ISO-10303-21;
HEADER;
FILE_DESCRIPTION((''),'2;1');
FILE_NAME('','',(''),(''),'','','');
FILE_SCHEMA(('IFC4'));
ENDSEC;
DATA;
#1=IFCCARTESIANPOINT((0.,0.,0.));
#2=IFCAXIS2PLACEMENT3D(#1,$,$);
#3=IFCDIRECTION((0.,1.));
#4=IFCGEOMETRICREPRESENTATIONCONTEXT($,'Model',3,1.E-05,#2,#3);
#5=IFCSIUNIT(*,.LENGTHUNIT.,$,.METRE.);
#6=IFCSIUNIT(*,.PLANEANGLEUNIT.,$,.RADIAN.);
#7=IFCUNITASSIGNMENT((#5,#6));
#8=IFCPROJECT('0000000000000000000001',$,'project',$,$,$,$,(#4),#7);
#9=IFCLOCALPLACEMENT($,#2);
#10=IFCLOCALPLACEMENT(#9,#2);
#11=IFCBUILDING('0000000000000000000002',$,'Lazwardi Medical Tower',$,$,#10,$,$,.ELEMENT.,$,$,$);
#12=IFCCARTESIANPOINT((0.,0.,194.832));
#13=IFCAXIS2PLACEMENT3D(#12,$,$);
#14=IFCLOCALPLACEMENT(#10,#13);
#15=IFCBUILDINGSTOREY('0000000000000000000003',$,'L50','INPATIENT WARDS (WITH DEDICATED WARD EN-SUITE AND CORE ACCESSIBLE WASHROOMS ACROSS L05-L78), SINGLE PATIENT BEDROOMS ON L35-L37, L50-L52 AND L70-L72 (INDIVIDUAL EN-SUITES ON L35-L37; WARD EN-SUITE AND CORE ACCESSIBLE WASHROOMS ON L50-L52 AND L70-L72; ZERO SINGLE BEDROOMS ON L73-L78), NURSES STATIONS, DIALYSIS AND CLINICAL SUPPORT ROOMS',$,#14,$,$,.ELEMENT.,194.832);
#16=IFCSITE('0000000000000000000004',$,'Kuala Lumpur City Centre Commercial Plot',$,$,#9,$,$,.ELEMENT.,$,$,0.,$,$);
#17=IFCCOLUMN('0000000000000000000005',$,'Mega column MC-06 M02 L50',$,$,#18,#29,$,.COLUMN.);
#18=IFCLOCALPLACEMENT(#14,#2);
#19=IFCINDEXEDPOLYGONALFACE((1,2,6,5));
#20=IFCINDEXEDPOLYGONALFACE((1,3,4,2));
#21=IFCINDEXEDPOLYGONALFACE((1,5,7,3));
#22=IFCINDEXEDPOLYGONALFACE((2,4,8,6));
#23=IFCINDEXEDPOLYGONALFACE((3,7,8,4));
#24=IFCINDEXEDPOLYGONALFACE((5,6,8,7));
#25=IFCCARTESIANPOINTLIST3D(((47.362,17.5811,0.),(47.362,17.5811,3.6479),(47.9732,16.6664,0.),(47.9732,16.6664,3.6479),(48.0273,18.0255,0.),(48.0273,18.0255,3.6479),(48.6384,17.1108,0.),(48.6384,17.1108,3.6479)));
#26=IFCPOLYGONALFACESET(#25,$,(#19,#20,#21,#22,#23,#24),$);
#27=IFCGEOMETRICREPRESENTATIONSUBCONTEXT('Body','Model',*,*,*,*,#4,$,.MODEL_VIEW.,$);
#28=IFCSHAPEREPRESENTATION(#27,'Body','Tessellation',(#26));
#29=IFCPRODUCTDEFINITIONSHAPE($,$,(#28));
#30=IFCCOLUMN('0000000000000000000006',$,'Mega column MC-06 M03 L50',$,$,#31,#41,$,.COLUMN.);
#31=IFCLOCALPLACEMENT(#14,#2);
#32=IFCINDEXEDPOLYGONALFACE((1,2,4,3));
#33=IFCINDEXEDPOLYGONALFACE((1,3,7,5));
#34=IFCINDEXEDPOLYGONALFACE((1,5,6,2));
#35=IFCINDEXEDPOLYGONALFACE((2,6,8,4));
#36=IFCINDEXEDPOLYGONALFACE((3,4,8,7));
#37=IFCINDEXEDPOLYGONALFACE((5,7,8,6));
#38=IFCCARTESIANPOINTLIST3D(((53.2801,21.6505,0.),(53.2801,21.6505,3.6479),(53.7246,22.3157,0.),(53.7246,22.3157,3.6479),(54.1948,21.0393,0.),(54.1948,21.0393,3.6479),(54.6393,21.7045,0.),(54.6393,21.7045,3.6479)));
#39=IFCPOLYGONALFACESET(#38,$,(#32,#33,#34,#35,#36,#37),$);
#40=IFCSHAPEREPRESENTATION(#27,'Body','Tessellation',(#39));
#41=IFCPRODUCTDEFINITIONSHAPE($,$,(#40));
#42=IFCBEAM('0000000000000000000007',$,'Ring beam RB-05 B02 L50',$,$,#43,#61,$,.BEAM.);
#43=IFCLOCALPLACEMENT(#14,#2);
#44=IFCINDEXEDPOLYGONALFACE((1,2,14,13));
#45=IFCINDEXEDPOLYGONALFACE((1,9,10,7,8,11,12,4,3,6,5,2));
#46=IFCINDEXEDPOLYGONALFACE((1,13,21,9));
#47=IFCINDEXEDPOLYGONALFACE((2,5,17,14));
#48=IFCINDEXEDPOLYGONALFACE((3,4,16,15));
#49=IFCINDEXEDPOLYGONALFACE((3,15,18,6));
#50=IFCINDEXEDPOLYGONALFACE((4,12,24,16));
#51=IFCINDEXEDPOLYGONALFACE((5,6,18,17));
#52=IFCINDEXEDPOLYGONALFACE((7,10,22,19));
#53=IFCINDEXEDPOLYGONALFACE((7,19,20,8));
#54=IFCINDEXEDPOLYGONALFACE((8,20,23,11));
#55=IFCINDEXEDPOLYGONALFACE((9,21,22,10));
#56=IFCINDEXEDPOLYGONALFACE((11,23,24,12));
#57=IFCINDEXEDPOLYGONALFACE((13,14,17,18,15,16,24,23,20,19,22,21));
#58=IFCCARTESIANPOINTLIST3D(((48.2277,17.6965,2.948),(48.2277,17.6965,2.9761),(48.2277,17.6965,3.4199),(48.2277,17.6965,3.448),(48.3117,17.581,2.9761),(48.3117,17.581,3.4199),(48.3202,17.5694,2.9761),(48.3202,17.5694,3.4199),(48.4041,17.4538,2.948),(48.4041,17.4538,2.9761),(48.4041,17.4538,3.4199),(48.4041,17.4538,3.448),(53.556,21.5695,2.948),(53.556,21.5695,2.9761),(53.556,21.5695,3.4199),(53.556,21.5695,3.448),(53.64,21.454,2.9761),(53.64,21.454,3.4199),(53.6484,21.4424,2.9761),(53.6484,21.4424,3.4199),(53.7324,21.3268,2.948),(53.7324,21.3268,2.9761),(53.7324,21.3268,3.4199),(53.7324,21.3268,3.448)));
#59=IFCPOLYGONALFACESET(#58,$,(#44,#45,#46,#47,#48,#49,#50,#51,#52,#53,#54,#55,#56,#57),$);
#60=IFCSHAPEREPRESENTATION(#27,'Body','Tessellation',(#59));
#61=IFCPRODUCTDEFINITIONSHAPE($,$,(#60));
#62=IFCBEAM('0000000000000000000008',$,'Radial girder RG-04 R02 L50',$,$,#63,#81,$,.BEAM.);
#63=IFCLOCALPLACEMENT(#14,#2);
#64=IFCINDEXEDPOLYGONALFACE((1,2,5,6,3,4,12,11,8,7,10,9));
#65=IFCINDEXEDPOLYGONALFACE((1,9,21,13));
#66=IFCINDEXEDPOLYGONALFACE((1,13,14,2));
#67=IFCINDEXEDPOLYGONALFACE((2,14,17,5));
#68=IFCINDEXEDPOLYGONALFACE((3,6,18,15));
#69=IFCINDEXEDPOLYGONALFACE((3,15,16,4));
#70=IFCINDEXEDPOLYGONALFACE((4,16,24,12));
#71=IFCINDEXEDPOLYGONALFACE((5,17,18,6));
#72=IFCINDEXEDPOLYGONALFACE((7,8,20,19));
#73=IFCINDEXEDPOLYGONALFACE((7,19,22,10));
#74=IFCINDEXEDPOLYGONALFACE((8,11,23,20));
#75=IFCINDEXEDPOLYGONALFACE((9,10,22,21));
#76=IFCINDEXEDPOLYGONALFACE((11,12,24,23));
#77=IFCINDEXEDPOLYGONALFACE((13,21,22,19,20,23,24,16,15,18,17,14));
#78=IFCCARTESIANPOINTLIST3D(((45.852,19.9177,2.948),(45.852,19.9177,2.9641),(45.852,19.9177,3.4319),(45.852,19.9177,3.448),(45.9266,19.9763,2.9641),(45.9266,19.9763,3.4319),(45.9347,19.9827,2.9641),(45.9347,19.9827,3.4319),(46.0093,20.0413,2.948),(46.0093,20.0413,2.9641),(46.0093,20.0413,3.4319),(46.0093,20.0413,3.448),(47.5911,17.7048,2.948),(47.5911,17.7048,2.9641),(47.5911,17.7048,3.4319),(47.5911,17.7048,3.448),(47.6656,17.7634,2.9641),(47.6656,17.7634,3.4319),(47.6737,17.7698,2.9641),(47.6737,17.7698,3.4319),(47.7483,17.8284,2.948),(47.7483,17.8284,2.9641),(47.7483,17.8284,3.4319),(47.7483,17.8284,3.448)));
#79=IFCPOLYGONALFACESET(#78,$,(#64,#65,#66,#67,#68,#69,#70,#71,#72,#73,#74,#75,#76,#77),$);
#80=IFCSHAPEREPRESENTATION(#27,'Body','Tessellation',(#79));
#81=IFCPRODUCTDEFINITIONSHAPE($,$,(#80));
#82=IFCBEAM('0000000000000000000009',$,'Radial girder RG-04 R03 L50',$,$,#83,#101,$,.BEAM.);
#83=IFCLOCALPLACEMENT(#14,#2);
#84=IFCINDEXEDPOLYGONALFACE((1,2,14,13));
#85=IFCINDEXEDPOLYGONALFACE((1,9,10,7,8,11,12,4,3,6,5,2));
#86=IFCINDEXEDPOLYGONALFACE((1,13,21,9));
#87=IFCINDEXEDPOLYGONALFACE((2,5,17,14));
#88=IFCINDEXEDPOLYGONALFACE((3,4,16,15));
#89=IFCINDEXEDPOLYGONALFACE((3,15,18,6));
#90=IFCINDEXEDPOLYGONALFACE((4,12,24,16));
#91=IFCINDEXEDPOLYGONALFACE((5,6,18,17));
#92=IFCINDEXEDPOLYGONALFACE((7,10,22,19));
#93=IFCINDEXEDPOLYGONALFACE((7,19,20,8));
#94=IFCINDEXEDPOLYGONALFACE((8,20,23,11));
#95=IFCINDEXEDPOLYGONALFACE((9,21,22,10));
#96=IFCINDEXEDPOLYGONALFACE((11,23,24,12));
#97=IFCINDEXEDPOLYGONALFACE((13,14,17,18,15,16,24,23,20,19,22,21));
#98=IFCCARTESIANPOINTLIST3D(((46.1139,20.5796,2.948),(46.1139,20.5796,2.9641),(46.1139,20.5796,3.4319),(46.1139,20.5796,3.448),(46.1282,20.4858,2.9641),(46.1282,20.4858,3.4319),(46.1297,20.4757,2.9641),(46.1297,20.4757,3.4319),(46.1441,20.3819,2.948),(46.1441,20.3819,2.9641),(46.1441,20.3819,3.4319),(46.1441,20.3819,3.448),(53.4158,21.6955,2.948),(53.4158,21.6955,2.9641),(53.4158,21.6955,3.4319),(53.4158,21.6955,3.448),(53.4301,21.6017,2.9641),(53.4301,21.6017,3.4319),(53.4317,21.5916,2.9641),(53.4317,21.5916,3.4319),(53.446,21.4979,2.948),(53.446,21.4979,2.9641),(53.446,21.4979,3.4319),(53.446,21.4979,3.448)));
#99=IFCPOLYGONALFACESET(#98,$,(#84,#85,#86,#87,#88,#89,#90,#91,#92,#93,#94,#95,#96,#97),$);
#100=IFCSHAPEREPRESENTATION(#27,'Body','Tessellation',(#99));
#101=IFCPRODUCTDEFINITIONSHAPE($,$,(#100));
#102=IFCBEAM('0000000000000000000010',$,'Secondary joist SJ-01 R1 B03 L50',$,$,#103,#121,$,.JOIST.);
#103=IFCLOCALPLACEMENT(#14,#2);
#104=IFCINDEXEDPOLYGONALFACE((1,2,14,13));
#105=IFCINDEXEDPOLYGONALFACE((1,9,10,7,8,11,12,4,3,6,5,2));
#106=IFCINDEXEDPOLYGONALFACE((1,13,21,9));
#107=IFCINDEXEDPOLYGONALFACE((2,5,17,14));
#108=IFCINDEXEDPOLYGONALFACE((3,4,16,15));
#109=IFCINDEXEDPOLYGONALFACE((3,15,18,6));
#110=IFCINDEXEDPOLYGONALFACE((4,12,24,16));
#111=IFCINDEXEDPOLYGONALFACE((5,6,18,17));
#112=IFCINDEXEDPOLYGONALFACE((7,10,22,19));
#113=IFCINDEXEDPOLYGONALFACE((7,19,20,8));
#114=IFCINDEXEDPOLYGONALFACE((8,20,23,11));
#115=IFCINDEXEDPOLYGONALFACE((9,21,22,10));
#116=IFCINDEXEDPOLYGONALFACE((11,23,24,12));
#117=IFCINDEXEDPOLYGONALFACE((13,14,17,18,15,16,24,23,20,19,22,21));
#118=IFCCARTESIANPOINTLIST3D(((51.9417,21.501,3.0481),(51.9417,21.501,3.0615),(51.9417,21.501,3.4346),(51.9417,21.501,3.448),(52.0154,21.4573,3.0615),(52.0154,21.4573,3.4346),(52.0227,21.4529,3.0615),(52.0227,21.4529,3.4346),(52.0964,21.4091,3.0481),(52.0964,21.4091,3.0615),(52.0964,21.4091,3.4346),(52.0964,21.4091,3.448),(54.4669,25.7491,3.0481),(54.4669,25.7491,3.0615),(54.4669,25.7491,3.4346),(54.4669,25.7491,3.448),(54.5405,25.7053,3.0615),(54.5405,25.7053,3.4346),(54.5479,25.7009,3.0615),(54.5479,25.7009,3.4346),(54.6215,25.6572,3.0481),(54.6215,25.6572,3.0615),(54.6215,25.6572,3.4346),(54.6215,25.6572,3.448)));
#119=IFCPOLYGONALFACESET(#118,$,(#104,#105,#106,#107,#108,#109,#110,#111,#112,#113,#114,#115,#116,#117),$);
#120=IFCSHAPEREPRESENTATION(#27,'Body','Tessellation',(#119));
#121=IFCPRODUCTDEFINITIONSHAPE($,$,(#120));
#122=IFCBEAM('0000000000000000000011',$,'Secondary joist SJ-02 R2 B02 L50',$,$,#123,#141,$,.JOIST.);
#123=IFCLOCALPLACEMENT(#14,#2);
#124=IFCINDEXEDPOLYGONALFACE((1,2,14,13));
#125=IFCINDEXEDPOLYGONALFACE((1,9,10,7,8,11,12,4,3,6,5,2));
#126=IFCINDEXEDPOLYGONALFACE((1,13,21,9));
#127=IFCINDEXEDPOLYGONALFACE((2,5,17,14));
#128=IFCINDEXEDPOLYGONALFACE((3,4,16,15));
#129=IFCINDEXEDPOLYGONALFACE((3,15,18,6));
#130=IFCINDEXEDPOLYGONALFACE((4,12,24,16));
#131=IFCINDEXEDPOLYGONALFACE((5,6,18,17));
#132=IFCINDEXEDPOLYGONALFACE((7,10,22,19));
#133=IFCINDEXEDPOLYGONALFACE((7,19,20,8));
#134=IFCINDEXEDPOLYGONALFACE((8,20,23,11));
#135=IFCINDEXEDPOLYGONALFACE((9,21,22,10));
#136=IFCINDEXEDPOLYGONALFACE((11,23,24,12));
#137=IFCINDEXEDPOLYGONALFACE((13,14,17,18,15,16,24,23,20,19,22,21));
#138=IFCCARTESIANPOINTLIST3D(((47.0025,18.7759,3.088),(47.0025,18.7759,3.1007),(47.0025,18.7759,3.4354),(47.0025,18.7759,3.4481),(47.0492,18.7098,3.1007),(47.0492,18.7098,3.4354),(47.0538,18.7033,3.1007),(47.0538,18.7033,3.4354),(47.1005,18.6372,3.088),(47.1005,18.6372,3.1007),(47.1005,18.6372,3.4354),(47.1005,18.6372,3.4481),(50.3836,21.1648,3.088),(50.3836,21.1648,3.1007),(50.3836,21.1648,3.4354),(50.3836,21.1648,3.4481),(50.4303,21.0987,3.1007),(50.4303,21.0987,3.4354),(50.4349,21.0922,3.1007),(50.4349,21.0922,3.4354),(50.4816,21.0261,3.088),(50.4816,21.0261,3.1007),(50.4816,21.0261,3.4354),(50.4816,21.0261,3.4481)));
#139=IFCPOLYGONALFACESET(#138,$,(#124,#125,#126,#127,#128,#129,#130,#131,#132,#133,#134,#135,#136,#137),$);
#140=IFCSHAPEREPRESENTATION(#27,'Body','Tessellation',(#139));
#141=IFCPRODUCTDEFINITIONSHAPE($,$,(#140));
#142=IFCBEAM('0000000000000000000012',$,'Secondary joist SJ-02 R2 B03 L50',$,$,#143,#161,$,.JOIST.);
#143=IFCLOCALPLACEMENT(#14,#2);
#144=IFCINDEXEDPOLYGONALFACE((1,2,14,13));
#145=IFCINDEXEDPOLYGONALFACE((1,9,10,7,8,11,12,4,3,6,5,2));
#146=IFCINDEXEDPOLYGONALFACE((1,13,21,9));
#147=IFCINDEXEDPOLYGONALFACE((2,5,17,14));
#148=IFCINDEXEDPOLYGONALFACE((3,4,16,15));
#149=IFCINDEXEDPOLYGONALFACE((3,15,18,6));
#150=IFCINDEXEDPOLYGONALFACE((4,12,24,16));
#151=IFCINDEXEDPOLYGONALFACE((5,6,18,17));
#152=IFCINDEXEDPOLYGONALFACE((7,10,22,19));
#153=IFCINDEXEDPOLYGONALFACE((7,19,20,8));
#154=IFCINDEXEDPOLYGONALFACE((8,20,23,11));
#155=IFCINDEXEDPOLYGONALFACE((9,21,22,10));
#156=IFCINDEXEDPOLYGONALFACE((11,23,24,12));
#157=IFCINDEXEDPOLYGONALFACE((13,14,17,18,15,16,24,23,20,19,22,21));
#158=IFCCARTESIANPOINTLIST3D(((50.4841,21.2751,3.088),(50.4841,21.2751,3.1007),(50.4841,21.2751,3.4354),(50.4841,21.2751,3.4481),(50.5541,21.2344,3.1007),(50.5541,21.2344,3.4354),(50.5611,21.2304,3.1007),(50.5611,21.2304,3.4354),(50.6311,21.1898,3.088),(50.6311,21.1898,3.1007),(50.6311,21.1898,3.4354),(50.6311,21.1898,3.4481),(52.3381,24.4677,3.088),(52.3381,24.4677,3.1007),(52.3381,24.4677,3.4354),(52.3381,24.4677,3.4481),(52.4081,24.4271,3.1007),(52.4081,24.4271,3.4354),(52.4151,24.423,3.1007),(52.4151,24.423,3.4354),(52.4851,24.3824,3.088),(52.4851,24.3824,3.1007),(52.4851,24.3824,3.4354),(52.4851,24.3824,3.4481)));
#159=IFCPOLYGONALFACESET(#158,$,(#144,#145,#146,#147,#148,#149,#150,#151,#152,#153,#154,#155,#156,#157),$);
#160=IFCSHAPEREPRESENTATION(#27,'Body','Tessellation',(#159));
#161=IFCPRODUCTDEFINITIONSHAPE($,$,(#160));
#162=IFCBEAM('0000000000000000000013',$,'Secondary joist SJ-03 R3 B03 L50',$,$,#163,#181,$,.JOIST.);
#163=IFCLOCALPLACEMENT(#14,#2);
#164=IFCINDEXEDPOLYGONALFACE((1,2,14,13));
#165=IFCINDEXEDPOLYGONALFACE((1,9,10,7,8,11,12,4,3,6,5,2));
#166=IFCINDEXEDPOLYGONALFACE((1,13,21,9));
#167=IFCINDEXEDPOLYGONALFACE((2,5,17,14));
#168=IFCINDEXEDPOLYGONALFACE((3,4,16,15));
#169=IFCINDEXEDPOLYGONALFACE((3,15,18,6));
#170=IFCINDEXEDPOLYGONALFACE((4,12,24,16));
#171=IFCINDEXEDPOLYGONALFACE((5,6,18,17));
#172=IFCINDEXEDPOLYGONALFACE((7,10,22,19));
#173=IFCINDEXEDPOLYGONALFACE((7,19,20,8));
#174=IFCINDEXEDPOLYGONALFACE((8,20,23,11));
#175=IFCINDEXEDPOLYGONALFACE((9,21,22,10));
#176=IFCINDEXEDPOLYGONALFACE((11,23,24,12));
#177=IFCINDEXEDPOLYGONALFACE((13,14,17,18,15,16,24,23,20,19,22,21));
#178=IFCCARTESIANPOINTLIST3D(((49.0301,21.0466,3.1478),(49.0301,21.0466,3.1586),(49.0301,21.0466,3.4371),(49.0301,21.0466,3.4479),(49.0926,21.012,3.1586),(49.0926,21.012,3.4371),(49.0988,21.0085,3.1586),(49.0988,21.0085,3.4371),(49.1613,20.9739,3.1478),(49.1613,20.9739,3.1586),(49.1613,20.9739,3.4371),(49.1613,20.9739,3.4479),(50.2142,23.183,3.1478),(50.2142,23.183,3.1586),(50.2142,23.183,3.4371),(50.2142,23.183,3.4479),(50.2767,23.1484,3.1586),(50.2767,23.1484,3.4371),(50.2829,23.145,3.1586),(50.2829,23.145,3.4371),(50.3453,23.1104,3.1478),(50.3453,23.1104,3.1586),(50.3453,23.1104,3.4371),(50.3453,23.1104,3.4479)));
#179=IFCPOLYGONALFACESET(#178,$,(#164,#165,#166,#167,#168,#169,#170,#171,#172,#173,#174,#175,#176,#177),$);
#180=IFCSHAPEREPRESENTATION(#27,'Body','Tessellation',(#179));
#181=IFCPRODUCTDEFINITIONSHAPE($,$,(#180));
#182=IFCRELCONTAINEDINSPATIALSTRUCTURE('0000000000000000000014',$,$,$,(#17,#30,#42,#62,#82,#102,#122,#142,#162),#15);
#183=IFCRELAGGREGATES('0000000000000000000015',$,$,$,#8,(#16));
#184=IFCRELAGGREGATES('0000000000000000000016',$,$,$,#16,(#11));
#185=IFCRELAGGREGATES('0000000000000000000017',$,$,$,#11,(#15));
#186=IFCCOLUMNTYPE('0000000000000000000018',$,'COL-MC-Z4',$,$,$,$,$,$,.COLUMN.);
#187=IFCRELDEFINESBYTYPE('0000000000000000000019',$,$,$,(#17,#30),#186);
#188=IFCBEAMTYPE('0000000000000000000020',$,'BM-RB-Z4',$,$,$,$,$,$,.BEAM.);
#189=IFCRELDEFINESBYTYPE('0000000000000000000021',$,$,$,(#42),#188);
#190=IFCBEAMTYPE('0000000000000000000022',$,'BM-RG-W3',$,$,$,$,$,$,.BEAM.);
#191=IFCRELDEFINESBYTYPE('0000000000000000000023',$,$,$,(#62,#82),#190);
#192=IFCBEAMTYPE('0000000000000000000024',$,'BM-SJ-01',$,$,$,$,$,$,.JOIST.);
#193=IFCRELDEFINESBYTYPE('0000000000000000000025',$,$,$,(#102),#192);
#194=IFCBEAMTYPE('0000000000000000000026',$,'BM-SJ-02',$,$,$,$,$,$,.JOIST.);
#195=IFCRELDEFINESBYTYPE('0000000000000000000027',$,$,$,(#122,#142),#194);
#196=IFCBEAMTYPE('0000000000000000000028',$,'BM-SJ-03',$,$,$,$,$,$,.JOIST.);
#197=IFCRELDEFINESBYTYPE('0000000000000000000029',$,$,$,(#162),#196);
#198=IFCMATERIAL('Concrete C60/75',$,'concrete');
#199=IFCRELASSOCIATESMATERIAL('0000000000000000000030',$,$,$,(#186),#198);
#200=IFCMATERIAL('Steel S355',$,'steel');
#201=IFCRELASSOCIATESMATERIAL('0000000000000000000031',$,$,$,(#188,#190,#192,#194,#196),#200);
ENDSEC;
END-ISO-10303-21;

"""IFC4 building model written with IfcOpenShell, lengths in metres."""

from ifc_helpers import new_model, si_unit, direction, frame, origin, origin_2d, place, context, subcontext, project, spatial, rectangle, i_section, extrude, material, material_profile, profile_set, type_object, element, save


model = new_model("IFC4")

# Units and contexts
model_context = context("Model", 3, precision=1e-05, world=origin(), true_north=direction((0.0, 1.0)))
body_context = subcontext(model_context, "Body", "Model", "MODEL_VIEW")
ifc_project = project(units=[si_unit("LENGTHUNIT", "METRE"), si_unit("PLANEANGLEUNIT", "RADIAN")], contexts=[model_context])

# Site, building, storey
site_placement = place(None, origin())
site = spatial("IfcSite", under=ifc_project, at=site_placement, Name="Kuala Lumpur City Centre Commercial Plot", CompositionType="ELEMENT", RefElevation=0.0)
building_placement = place(site_placement, origin())
building = spatial("IfcBuilding", under=site, at=building_placement, Name="Lazwardi Medical Tower", CompositionType="ELEMENT")
storey_placement = place(building_placement, frame((0.0, 0.0, 194.832)))
storey = spatial("IfcBuildingStorey", under=building, at=storey_placement, Name="L50", Description="INPATIENT WARDS (WITH DEDICATED WARD EN-SUITE AND CORE ACCESSIBLE WASHROOMS ACROSS L05-L78), SINGLE PATIENT BEDROOMS ON L35-L37, L50-L52 AND L70-L72 (INDIVIDUAL EN-SUITES ON L35-L37; WARD EN-SUITE AND CORE ACCESSIBLE WASHROOMS ON L50-L52 AND L70-L72; ZERO SINGLE BEDROOMS ON L73-L78), NURSES STATIONS, DIALYSIS AND CLINICAL SUPPORT ROOMS", CompositionType="ELEMENT", Elevation=194.832)

# Columns
ifc_material_1 = material(Name="Concrete C60/75", Category="concrete")
ifc_material_profile_1 = material_profile(ifc_material_1, rectangle(XDim=1.1001, YDim=0.8, at=origin_2d()), Name="CFT-RECT 1100x800")
ifc_profile_set_1 = profile_set([ifc_material_profile_1], Name="Concrete C60/75")
column_type = type_object("IfcColumnType", Name="COL-MC-Z4", PredefinedType="COLUMN", material=ifc_profile_set_1)
for number, where, z_axis, x_axis, name in (
    (1, (48.0002, 17.3459, 0.0), (0.0, 0.0, 1.0), (0.55557, -0.83147, 0.0), "Mega column MC-06 M02 L50"),
    (2, (53.9597, 21.6775, 0.0), (0.0, 0.0, 1.0), (0.83147, -0.55557, 0.0), "Mega column MC-06 M03 L50"),
):
    element("IfcColumn", number, at=place(storey_placement, frame(where, z_axis=z_axis, x_axis=x_axis)), inside=storey, type_object=column_type, Name=name, PredefinedType="COLUMN", context=body_context, shape_type="SweptSolid", body=[
        extrude(rectangle(XDim=1.1001, YDim=0.8, at=origin_2d()), origin(), (0.0, 0.0, 1.0), 3.6479),
    ])

# Beams
ifc_material_2 = material(Name="Steel S355", Category="steel")
ifc_material_profile_2 = material_profile(ifc_material_2, i_section(OverallWidth=0.3, OverallDepth=0.5, WebThickness=0.0144, FlangeThickness=0.0281, at=origin_2d()), Name="HEB 500")
ifc_profile_set_2 = profile_set([ifc_material_profile_2], Name="Steel S355")
beam_type_1 = type_object("IfcBeamType", Name="BM-RB-Z4", PredefinedType="BEAM", material=ifc_profile_set_2)
beam_1_placement = place(storey_placement, frame((48.3159, 17.5752, 3.198), z_axis=(0.80889, 0.58796, 0.0), x_axis=(-0.58796, 0.80889, 0.0)))
element("IfcBeam", 3, at=beam_1_placement, inside=storey, type_object=beam_type_1, Name="Ring beam RB-05 B02 L50", PredefinedType="BEAM", context=body_context, shape_type="SweptSolid", body=[
    extrude(i_section(OverallWidth=0.3, OverallDepth=0.5, WebThickness=0.0144, FlangeThickness=0.0281, at=origin_2d()), origin(), (0.0, 0.0, 1.0), 6.5872),
])
ifc_material_profile_3 = material_profile(ifc_material_2, i_section(OverallWidth=0.2, OverallDepth=0.5, WebThickness=0.0103, FlangeThickness=0.0161, at=origin_2d()), Name="IPE 500")
ifc_profile_set_3 = profile_set([ifc_material_profile_3], Name="Steel S355")
beam_type_2 = type_object("IfcBeamType", Name="BM-RG-W3", PredefinedType="BEAM", material=ifc_profile_set_3)
beam_2_placement = place(storey_placement, frame((47.6697, 17.7666, 3.198), z_axis=(-0.617891, 0.786264, 0.0), x_axis=(-0.786264, -0.617891, 0.0)))
element("IfcBeam", 4, at=beam_2_placement, inside=storey, type_object=beam_type_2, Name="Radial girder RG-04 R02 L50", PredefinedType="BEAM", context=body_context, shape_type="SweptSolid", body=[
    extrude(i_section(OverallWidth=0.2, OverallDepth=0.5, WebThickness=0.0103, FlangeThickness=0.0161, at=origin_2d()), origin(), (0.0, 0.0, 1.0), 2.8145),
])
beam_3_placement = place(storey_placement, frame((53.4309, 21.5967, 3.198), z_axis=(-0.988522, -0.151076, 0.0), x_axis=(0.151076, -0.988522, 0.0)))
element("IfcBeam", 5, at=beam_3_placement, inside=storey, type_object=beam_type_2, Name="Radial girder RG-04 R03 L50", PredefinedType="BEAM", context=body_context, shape_type="SweptSolid", body=[
    extrude(i_section(OverallWidth=0.2, OverallDepth=0.5, WebThickness=0.0103, FlangeThickness=0.0161, at=origin_2d()), origin(), (0.0, 0.0, 1.0), 7.3867),
])
ifc_material_profile_4 = material_profile(ifc_material_2, i_section(OverallWidth=0.1799, OverallDepth=0.3999, WebThickness=0.0085, FlangeThickness=0.0134, at=origin_2d()), Name="IPE 400")
ifc_profile_set_4 = profile_set([ifc_material_profile_4], Name="Steel S355")
beam_type_3 = type_object("IfcBeamType", Name="BM-SJ-01", PredefinedType="JOIST", material=ifc_profile_set_4)
beam_4_placement = place(storey_placement, frame((52.019, 21.4551, 3.248), z_axis=(0.510968, 0.8596, 0.0), x_axis=(-0.8596, 0.510968, 0.0)))
element("IfcBeam", 6, at=beam_4_placement, inside=storey, type_object=beam_type_3, Name="Secondary joist SJ-01 R1 B03 L50", PredefinedType="JOIST", context=body_context, shape_type="SweptSolid", body=[
    extrude(i_section(OverallWidth=0.1799, OverallDepth=0.3999, WebThickness=0.0085, FlangeThickness=0.0134, at=origin_2d()), origin(), (0.0, 0.0, 1.0), 4.9419),
])
ifc_material_profile_5 = material_profile(ifc_material_2, i_section(OverallWidth=0.1699, OverallDepth=0.3601, WebThickness=0.0081, FlangeThickness=0.0127, at=origin_2d()), Name="IPE 360")
ifc_profile_set_5 = profile_set([ifc_material_profile_5], Name="Steel S355")
beam_type_4 = type_object("IfcBeamType", Name="BM-SJ-02", PredefinedType="JOIST", material=ifc_profile_set_5)
beam_5_placement = place(storey_placement, frame((47.0515, 18.7065, 3.2681), z_axis=(0.816711, 0.577047, 0.0), x_axis=(-0.577047, 0.816711, 0.0)))
element("IfcBeam", 7, at=beam_5_placement, inside=storey, type_object=beam_type_4, Name="Secondary joist SJ-02 R2 B02 L50", PredefinedType="JOIST", context=body_context, shape_type="SweptSolid", body=[
    extrude(i_section(OverallWidth=0.1699, OverallDepth=0.3601, WebThickness=0.0081, FlangeThickness=0.0127, at=origin_2d()), origin(), (0.0, 0.0, 1.0), 4.1399),
])
beam_6_placement = place(storey_placement, frame((50.5576, 21.2324, 3.2681), z_axis=(0.50218, 0.864763, 0.0), x_axis=(-0.864763, 0.50218, 0.0)))
element("IfcBeam", 8, at=beam_6_placement, inside=storey, type_object=beam_type_4, Name="Secondary joist SJ-02 R2 B03 L50", PredefinedType="JOIST", context=body_context, shape_type="SweptSolid", body=[
    extrude(i_section(OverallWidth=0.1699, OverallDepth=0.3601, WebThickness=0.0081, FlangeThickness=0.0127, at=origin_2d()), origin(), (0.0, 0.0, 1.0), 3.6919),
])
ifc_material_profile_6 = material_profile(ifc_material_2, i_section(OverallWidth=0.1499, OverallDepth=0.3, WebThickness=0.0071, FlangeThickness=0.0107, at=origin_2d()), Name="IPE 300")
ifc_profile_set_6 = profile_set([ifc_material_profile_6], Name="Steel S355")
beam_type_5 = type_object("IfcBeamType", Name="BM-SJ-03", PredefinedType="JOIST", material=ifc_profile_set_6)
beam_7_placement = place(storey_placement, frame((49.0957, 21.0103, 3.2979), z_axis=(0.484752, 0.874652, 0.0), x_axis=(-0.874652, 0.484752, 0.0)))
element("IfcBeam", 9, at=beam_7_placement, inside=storey, type_object=beam_type_5, Name="Secondary joist SJ-03 R3 B03 L50", PredefinedType="JOIST", context=body_context, shape_type="SweptSolid", body=[
    extrude(i_section(OverallWidth=0.1499, OverallDepth=0.3, WebThickness=0.0071, FlangeThickness=0.0107, at=origin_2d()), origin(), (0.0, 0.0, 1.0), 2.4426),
])

save(model, "model.ifc")
